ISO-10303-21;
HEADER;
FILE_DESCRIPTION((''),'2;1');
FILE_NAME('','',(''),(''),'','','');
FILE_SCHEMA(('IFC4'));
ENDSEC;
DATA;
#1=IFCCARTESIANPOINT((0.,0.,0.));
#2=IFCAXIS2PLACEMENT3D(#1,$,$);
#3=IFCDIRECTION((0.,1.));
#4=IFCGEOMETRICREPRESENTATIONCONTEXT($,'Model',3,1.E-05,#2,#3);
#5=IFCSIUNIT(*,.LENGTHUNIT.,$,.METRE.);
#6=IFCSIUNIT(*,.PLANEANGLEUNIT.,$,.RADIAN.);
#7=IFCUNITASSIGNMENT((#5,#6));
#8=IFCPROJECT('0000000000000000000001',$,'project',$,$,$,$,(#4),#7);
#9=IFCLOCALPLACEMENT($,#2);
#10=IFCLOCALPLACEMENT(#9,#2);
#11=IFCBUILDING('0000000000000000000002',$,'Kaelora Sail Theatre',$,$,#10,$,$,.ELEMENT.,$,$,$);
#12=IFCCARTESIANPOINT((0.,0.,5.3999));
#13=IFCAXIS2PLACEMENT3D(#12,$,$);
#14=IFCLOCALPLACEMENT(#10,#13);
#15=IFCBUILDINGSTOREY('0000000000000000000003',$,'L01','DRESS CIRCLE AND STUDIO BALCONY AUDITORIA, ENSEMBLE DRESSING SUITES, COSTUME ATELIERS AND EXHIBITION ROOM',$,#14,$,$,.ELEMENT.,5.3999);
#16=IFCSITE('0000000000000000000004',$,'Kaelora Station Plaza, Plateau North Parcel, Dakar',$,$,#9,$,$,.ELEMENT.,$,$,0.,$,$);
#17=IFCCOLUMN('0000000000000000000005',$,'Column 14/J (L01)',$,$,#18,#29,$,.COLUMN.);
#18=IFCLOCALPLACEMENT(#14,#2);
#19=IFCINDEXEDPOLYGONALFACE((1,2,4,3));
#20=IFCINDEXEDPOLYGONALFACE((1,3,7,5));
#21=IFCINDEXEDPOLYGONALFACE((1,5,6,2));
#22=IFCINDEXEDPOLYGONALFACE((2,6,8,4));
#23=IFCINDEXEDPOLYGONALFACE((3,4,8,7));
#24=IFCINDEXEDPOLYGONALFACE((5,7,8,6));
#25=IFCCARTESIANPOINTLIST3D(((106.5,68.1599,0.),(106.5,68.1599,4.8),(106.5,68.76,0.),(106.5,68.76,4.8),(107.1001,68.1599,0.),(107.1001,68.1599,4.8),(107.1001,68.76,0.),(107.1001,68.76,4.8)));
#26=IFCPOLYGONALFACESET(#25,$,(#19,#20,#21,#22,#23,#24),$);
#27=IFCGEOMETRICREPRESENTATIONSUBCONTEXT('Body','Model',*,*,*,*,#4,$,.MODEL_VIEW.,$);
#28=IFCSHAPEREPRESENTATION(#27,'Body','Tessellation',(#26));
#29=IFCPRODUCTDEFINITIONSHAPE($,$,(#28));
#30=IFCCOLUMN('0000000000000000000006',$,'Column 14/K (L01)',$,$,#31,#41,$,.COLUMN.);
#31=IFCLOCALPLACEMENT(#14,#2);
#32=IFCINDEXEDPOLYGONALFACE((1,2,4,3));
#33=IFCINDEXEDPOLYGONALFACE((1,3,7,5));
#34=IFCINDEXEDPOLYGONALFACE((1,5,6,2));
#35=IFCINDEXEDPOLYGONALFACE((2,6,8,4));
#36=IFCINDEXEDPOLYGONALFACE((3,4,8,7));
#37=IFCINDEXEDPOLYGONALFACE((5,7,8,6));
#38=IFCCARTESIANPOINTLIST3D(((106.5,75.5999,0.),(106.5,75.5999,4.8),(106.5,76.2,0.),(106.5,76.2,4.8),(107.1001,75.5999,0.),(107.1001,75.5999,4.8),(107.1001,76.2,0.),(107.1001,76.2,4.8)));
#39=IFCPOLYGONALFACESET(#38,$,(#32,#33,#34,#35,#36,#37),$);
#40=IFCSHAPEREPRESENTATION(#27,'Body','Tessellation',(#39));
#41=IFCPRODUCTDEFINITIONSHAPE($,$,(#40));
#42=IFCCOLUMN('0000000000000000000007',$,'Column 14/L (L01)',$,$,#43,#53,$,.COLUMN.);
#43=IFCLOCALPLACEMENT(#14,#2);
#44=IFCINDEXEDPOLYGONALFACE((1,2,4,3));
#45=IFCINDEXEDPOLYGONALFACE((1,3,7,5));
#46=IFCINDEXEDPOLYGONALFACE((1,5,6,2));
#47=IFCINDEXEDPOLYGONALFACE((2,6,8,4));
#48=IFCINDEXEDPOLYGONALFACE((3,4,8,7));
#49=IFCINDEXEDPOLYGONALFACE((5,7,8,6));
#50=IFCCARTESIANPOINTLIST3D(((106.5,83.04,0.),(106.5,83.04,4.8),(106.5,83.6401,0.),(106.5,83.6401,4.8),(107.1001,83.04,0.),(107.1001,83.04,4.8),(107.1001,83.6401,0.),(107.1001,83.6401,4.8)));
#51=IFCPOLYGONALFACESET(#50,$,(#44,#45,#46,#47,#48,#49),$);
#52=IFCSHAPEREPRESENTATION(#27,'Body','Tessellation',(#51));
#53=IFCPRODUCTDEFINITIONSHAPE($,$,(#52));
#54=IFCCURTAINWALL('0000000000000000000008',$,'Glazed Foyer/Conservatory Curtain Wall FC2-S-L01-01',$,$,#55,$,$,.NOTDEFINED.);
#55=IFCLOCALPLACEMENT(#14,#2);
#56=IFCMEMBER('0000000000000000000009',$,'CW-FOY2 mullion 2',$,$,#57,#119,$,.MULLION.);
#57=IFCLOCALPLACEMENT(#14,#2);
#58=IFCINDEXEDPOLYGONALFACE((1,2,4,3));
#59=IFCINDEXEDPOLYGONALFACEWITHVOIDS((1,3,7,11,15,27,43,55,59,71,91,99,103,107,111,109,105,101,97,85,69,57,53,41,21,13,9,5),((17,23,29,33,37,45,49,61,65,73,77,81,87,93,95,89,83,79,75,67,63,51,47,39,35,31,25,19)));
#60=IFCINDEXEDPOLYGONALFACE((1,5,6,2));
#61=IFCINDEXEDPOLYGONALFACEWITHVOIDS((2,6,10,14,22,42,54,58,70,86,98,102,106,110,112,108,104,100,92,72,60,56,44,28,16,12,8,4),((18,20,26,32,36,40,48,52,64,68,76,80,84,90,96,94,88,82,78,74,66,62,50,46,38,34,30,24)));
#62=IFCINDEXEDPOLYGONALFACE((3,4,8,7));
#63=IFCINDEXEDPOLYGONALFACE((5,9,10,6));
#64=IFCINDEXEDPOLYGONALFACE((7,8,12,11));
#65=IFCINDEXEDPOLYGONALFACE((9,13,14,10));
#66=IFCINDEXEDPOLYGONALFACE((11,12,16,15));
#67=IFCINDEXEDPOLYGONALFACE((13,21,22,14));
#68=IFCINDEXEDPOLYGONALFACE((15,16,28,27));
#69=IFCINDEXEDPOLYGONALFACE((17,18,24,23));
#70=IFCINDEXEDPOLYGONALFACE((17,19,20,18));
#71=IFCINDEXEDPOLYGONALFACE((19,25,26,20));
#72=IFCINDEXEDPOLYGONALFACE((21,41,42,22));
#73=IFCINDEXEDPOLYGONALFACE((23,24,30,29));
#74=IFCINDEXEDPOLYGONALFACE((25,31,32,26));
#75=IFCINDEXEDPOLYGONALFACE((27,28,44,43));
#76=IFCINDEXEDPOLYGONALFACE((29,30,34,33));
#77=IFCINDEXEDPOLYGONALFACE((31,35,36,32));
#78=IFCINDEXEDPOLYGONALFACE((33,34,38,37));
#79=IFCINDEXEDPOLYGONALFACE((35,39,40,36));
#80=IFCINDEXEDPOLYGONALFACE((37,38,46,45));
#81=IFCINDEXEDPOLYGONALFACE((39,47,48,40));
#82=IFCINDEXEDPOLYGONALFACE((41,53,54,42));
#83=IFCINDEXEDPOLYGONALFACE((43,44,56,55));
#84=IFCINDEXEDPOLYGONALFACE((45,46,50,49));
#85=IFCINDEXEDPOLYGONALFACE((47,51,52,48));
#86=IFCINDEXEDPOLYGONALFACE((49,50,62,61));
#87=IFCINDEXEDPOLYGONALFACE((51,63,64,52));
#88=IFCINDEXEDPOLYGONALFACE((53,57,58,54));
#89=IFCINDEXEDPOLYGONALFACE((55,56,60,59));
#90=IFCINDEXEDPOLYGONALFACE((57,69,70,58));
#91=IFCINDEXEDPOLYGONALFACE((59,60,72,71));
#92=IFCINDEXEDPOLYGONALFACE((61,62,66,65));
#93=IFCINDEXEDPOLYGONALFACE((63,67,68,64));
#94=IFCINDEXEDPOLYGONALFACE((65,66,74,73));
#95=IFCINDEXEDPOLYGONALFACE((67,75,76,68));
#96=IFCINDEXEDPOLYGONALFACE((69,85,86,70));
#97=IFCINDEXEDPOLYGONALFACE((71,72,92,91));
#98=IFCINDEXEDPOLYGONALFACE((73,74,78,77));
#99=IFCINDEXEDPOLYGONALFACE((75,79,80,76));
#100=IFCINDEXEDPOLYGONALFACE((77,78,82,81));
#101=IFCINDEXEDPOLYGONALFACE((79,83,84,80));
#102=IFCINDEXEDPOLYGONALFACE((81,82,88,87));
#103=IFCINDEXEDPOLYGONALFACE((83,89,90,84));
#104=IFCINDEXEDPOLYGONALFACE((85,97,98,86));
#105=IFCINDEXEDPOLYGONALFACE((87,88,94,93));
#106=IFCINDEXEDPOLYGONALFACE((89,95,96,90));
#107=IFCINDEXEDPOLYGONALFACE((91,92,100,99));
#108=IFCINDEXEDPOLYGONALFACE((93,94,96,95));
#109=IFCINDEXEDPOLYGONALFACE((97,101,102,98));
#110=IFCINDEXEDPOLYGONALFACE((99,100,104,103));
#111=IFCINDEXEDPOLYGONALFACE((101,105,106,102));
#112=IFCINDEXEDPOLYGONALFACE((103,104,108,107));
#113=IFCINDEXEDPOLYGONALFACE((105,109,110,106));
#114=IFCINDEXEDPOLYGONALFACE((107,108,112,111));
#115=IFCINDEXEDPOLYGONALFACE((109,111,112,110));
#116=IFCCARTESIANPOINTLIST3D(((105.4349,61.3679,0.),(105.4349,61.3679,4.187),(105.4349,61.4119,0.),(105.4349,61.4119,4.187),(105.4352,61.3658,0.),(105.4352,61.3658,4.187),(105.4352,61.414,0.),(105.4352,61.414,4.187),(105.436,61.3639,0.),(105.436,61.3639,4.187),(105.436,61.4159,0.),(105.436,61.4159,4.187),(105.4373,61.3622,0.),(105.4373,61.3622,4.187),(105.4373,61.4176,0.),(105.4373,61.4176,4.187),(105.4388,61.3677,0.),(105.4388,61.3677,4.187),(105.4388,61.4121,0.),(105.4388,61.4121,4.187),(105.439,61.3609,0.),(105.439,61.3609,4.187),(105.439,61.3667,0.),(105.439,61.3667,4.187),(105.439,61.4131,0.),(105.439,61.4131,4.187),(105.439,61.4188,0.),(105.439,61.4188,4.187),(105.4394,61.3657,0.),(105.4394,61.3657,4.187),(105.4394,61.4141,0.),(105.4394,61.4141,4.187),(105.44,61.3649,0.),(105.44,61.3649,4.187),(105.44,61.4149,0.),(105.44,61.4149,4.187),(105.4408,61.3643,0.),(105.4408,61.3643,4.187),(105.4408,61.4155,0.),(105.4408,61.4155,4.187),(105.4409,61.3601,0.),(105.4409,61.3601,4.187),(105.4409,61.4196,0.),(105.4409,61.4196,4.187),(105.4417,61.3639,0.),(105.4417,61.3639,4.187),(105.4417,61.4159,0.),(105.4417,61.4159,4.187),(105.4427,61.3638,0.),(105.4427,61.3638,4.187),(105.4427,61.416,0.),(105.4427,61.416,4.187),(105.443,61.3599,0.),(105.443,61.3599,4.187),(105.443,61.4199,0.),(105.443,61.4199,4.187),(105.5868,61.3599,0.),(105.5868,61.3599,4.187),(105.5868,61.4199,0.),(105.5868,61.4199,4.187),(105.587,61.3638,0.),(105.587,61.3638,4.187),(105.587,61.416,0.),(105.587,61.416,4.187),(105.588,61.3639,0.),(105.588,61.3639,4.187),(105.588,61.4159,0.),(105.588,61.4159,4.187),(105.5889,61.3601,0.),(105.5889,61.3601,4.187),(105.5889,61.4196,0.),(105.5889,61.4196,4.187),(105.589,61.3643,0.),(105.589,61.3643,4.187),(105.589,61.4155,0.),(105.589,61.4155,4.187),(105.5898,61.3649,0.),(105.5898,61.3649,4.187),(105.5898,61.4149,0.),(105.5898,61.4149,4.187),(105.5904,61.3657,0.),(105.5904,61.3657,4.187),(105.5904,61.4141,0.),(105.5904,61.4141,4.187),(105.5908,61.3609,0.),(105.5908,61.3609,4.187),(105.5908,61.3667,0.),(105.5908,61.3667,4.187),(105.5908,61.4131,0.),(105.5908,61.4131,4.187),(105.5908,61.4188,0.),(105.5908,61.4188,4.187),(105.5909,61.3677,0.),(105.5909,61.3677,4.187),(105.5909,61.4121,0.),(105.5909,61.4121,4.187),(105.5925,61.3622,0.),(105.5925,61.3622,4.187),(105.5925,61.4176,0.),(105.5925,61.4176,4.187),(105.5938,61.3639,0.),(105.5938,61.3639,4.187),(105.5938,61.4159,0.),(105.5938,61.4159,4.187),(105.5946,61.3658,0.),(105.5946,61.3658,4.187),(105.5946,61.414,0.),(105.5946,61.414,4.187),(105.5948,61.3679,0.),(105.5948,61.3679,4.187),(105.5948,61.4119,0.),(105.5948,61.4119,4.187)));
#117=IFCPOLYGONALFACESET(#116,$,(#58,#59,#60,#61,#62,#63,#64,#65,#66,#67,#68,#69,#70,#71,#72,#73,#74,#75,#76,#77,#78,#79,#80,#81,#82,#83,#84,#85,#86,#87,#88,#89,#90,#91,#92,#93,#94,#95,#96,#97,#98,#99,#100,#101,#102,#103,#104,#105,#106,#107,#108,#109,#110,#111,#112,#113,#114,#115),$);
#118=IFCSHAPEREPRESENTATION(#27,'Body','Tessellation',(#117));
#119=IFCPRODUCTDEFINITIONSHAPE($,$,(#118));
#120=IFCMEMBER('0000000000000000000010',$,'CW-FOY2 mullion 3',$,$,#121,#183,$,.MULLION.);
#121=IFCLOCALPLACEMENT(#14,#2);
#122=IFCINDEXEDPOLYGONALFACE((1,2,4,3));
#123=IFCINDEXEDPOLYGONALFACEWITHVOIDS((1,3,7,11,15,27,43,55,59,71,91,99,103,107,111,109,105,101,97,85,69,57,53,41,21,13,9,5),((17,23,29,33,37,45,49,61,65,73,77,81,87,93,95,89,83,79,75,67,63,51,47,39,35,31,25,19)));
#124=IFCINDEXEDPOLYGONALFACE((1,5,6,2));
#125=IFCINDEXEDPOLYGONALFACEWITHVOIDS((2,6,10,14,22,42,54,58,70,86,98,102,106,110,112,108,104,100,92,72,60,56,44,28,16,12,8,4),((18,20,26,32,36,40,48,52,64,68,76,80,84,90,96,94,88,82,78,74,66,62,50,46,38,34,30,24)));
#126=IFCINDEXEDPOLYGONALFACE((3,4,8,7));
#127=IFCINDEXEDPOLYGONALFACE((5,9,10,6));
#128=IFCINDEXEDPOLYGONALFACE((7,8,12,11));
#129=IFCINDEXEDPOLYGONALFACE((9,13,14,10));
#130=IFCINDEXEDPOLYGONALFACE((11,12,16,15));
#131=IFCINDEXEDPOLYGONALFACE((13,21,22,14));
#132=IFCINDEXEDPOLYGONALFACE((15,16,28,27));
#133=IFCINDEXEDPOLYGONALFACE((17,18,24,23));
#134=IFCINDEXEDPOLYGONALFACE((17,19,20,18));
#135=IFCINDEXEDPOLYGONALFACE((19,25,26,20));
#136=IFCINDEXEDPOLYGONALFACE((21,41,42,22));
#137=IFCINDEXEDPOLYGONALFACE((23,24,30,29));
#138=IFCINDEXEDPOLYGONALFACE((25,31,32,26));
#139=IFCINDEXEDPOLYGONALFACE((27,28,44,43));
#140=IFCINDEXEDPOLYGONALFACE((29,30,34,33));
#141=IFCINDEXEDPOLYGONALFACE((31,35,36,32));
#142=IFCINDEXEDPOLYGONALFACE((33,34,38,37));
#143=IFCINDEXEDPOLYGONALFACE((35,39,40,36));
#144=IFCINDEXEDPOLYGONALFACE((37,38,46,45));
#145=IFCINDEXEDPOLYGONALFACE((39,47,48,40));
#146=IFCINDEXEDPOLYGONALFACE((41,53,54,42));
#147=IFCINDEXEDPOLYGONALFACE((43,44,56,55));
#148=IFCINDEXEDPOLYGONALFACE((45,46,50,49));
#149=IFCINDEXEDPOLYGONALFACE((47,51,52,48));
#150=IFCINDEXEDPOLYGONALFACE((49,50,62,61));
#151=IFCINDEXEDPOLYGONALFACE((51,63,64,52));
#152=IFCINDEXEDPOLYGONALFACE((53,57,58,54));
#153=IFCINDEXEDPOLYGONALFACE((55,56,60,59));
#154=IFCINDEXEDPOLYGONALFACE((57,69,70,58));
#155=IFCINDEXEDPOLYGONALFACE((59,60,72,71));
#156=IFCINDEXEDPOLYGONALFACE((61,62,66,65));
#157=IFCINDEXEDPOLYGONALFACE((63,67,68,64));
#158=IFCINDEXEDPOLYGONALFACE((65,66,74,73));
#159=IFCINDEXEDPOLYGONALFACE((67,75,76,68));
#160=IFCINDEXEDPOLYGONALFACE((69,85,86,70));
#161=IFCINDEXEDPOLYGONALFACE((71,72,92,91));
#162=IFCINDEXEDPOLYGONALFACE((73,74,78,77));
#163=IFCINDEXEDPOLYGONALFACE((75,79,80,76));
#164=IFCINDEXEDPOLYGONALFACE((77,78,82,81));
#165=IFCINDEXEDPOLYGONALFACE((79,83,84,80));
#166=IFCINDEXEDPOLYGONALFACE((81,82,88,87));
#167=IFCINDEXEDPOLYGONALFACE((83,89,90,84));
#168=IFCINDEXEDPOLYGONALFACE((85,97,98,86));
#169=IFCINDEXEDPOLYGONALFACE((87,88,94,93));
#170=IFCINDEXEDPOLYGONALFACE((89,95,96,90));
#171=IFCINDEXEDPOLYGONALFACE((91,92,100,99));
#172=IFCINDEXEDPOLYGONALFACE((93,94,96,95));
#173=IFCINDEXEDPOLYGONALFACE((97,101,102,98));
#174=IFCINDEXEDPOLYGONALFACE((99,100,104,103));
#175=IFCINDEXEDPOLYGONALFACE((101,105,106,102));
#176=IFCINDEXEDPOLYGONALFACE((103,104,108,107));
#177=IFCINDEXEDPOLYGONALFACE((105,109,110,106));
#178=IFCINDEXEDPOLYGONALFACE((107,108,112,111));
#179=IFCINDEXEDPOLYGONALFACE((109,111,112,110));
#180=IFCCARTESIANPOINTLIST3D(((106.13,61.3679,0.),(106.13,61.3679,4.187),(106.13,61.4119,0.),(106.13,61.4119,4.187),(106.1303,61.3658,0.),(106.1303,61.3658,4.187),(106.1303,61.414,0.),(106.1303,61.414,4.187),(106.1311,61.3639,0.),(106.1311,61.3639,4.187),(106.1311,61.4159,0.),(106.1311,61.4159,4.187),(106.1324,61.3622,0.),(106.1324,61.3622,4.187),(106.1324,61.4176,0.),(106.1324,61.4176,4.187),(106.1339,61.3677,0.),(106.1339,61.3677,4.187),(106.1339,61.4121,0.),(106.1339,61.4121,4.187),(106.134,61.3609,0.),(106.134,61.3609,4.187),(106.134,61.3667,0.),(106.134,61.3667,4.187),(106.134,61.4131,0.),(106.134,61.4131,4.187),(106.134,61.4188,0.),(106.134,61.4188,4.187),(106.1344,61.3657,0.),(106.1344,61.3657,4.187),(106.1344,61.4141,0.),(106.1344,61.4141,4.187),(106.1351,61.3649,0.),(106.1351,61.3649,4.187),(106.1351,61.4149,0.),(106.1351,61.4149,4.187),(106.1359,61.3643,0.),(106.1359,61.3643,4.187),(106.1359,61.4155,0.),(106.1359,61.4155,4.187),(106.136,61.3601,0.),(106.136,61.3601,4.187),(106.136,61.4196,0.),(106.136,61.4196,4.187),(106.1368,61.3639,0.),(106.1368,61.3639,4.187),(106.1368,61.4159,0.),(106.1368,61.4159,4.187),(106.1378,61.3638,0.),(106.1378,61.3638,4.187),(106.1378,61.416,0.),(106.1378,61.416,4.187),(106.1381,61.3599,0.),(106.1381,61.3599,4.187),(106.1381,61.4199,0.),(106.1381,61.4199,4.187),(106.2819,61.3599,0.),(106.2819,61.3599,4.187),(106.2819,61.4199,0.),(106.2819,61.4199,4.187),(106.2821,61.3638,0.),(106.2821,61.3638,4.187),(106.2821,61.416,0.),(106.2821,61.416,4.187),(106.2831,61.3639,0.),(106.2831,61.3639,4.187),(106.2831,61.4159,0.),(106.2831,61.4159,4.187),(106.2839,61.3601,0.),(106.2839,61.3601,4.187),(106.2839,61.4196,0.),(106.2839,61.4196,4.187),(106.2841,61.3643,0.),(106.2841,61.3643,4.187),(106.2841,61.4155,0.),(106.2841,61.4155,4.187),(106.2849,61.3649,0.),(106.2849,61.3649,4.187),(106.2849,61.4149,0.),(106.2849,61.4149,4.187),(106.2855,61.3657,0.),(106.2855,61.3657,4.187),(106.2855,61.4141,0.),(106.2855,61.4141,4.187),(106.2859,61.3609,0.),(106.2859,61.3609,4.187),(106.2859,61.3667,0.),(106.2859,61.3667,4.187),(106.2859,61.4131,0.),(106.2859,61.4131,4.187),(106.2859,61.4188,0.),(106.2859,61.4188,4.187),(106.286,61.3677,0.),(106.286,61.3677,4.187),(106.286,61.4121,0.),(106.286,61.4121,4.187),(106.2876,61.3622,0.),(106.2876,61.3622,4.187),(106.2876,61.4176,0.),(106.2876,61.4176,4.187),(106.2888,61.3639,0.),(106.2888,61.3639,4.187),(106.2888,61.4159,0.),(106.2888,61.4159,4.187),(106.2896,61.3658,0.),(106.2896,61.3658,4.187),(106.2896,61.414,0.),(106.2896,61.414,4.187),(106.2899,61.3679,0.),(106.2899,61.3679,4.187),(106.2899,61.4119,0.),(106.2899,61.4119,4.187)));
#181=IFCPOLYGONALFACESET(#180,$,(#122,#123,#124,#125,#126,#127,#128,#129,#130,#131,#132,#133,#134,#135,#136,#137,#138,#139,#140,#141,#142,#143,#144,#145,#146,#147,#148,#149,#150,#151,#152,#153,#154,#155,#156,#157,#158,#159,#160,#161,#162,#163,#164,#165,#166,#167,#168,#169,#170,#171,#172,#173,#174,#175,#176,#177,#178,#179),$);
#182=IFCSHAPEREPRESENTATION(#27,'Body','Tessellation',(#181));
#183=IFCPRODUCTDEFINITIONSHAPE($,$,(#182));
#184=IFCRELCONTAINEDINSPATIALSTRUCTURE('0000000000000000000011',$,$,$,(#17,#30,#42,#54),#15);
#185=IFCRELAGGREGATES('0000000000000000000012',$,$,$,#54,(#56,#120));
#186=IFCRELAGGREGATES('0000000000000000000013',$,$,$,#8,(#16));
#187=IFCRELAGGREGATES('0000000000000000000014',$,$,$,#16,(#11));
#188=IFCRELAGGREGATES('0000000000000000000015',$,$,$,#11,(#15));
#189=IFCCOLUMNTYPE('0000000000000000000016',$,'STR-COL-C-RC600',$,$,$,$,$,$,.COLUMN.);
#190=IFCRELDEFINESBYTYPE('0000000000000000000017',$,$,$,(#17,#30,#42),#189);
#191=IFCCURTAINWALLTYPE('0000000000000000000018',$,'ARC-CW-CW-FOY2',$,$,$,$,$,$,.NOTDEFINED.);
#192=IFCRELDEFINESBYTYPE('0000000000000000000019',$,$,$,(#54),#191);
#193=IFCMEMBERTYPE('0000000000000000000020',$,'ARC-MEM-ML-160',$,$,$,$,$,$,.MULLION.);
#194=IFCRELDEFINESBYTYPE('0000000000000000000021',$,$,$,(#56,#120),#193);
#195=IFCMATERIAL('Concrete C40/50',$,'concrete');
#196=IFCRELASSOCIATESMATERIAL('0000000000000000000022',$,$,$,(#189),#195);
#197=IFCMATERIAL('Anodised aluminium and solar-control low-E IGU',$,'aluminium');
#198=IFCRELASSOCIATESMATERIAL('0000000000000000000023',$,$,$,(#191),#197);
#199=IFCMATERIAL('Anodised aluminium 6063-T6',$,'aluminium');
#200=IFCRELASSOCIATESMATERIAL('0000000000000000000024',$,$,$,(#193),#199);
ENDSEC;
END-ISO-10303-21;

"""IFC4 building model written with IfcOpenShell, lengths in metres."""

from ifc_helpers import new_model, si_unit, direction, frame, origin, origin_2d, place, context, subcontext, project, spatial, rectangle, hollow_rectangle, extrude, material, material_profile, profile_set, type_object, element, aggregate, save


model = new_model("IFC4")

# Units and contexts
model_context = context("Model", 3, precision=1e-05, world=origin(), true_north=direction((0.0, 1.0)))
body_context = subcontext(model_context, "Body", "Model", "MODEL_VIEW")
ifc_project = project(units=[si_unit("LENGTHUNIT", "METRE"), si_unit("PLANEANGLEUNIT", "RADIAN")], contexts=[model_context])

# Site, building, storey
site_placement = place(None, origin())
site = spatial("IfcSite", under=ifc_project, at=site_placement, Name="Kaelora Station Plaza, Plateau North Parcel, Dakar", CompositionType="ELEMENT", RefElevation=0.0)
building_placement = place(site_placement, origin())
building = spatial("IfcBuilding", under=site, at=building_placement, Name="Kaelora Sail Theatre", CompositionType="ELEMENT")
storey_placement = place(building_placement, frame((0.0, 0.0, 5.3999)))
storey = spatial("IfcBuildingStorey", under=building, at=storey_placement, Name="L01", Description="DRESS CIRCLE AND STUDIO BALCONY AUDITORIA, ENSEMBLE DRESSING SUITES, COSTUME ATELIERS AND EXHIBITION ROOM", CompositionType="ELEMENT", Elevation=5.3999)

# Columns
ifc_material_1 = material(Name="Concrete C40/50", Category="concrete")
ifc_material_profile_1 = material_profile(ifc_material_1, rectangle(XDim=0.6001, YDim=0.6001, at=origin_2d()), Name="RC-COL 600x600")
ifc_profile_set_1 = profile_set([ifc_material_profile_1], Name="Concrete C40/50")
column_type = type_object("IfcColumnType", Name="STR-COL-C-RC600", PredefinedType="COLUMN", material=ifc_profile_set_1)
for number, where, z_axis, x_axis, name in (
    (1, (106.8, 68.46, 0.0), (0.0, 0.0, 1.0), (1.0, 0.0, 0.0), "Column 14/J (L01)"),
    (2, (106.8, 75.8999, 0.0), (0.0, 0.0, 1.0), (1.0, 0.0, 0.0), "Column 14/K (L01)"),
    (3, (106.8, 83.3401, 0.0), (0.0, 0.0, 1.0), (1.0, 0.0, 0.0), "Column 14/L (L01)"),
):
    element("IfcColumn", number, at=place(storey_placement, frame(where, z_axis=z_axis, x_axis=x_axis)), inside=storey, type_object=column_type, Name=name, PredefinedType="COLUMN", context=body_context, shape_type="SweptSolid", body=[
        extrude(rectangle(XDim=0.6001, YDim=0.6001, at=origin_2d()), origin(), (0.0, 0.0, 1.0), 4.8),
    ])

# Curtain wall, members
ifc_material_2 = material(Name="Anodised aluminium and solar-control low-E IGU", Category="aluminium")
curtain_wall_type = type_object("IfcCurtainWallType", Name="ARC-CW-CW-FOY2", PredefinedType="NOTDEFINED", material=ifc_material_2)
curtain_wall_placement = place(storey_placement, origin())
curtain_wall = element("IfcCurtainWall", 4, at=curtain_wall_placement, inside=storey, type_object=curtain_wall_type, Name="Glazed Foyer/Conservatory Curtain Wall FC2-S-L01-01", PredefinedType="NOTDEFINED")
ifc_material_3 = material(Name="Anodised aluminium 6063-T6", Category="aluminium")
ifc_material_profile_2 = material_profile(ifc_material_3, hollow_rectangle(XDim=0.0601, YDim=0.1599, WallThickness=0.0039, InnerFilletRadius=0.0039, OuterFilletRadius=0.0081, at=origin_2d()), Name="ALU-MULL 60x160x4")
ifc_profile_set_2 = profile_set([ifc_material_profile_2], Name="Anodised aluminium 6063-T6")
member_type_1 = type_object("IfcMemberType", Name="ARC-MEM-ML-160", PredefinedType="MULLION", material=ifc_profile_set_2)
member_1_placement = place(storey_placement, frame((105.5149, 61.3899, 0.0), z_axis=(0.0, 0.0, 1.0), x_axis=(0.0, 1.0, 0.0)))
member_1 = element("IfcMember", 5, at=member_1_placement, type_object=member_type_1, Name="CW-FOY2 mullion 2", PredefinedType="MULLION", context=body_context, shape_type="SweptSolid", body=[
    extrude(hollow_rectangle(XDim=0.0601, YDim=0.1599, WallThickness=0.0039, InnerFilletRadius=0.0039, OuterFilletRadius=0.0081, at=origin_2d()), origin(), (0.0, 0.0, 1.0), 4.187),
])
member_2_placement = place(storey_placement, frame((106.21, 61.3899, 0.0), z_axis=(0.0, 0.0, 1.0), x_axis=(0.0, 1.0, 0.0)))
member_2 = element("IfcMember", 6, at=member_2_placement, type_object=member_type_1, Name="CW-FOY2 mullion 3", PredefinedType="MULLION", context=body_context, shape_type="SweptSolid", body=[
    extrude(hollow_rectangle(XDim=0.0601, YDim=0.1599, WallThickness=0.0039, InnerFilletRadius=0.0039, OuterFilletRadius=0.0081, at=origin_2d()), origin(), (0.0, 0.0, 1.0), 4.187),
])

aggregate(curtain_wall, [member_1, member_2])

save(model, "model.ifc")
